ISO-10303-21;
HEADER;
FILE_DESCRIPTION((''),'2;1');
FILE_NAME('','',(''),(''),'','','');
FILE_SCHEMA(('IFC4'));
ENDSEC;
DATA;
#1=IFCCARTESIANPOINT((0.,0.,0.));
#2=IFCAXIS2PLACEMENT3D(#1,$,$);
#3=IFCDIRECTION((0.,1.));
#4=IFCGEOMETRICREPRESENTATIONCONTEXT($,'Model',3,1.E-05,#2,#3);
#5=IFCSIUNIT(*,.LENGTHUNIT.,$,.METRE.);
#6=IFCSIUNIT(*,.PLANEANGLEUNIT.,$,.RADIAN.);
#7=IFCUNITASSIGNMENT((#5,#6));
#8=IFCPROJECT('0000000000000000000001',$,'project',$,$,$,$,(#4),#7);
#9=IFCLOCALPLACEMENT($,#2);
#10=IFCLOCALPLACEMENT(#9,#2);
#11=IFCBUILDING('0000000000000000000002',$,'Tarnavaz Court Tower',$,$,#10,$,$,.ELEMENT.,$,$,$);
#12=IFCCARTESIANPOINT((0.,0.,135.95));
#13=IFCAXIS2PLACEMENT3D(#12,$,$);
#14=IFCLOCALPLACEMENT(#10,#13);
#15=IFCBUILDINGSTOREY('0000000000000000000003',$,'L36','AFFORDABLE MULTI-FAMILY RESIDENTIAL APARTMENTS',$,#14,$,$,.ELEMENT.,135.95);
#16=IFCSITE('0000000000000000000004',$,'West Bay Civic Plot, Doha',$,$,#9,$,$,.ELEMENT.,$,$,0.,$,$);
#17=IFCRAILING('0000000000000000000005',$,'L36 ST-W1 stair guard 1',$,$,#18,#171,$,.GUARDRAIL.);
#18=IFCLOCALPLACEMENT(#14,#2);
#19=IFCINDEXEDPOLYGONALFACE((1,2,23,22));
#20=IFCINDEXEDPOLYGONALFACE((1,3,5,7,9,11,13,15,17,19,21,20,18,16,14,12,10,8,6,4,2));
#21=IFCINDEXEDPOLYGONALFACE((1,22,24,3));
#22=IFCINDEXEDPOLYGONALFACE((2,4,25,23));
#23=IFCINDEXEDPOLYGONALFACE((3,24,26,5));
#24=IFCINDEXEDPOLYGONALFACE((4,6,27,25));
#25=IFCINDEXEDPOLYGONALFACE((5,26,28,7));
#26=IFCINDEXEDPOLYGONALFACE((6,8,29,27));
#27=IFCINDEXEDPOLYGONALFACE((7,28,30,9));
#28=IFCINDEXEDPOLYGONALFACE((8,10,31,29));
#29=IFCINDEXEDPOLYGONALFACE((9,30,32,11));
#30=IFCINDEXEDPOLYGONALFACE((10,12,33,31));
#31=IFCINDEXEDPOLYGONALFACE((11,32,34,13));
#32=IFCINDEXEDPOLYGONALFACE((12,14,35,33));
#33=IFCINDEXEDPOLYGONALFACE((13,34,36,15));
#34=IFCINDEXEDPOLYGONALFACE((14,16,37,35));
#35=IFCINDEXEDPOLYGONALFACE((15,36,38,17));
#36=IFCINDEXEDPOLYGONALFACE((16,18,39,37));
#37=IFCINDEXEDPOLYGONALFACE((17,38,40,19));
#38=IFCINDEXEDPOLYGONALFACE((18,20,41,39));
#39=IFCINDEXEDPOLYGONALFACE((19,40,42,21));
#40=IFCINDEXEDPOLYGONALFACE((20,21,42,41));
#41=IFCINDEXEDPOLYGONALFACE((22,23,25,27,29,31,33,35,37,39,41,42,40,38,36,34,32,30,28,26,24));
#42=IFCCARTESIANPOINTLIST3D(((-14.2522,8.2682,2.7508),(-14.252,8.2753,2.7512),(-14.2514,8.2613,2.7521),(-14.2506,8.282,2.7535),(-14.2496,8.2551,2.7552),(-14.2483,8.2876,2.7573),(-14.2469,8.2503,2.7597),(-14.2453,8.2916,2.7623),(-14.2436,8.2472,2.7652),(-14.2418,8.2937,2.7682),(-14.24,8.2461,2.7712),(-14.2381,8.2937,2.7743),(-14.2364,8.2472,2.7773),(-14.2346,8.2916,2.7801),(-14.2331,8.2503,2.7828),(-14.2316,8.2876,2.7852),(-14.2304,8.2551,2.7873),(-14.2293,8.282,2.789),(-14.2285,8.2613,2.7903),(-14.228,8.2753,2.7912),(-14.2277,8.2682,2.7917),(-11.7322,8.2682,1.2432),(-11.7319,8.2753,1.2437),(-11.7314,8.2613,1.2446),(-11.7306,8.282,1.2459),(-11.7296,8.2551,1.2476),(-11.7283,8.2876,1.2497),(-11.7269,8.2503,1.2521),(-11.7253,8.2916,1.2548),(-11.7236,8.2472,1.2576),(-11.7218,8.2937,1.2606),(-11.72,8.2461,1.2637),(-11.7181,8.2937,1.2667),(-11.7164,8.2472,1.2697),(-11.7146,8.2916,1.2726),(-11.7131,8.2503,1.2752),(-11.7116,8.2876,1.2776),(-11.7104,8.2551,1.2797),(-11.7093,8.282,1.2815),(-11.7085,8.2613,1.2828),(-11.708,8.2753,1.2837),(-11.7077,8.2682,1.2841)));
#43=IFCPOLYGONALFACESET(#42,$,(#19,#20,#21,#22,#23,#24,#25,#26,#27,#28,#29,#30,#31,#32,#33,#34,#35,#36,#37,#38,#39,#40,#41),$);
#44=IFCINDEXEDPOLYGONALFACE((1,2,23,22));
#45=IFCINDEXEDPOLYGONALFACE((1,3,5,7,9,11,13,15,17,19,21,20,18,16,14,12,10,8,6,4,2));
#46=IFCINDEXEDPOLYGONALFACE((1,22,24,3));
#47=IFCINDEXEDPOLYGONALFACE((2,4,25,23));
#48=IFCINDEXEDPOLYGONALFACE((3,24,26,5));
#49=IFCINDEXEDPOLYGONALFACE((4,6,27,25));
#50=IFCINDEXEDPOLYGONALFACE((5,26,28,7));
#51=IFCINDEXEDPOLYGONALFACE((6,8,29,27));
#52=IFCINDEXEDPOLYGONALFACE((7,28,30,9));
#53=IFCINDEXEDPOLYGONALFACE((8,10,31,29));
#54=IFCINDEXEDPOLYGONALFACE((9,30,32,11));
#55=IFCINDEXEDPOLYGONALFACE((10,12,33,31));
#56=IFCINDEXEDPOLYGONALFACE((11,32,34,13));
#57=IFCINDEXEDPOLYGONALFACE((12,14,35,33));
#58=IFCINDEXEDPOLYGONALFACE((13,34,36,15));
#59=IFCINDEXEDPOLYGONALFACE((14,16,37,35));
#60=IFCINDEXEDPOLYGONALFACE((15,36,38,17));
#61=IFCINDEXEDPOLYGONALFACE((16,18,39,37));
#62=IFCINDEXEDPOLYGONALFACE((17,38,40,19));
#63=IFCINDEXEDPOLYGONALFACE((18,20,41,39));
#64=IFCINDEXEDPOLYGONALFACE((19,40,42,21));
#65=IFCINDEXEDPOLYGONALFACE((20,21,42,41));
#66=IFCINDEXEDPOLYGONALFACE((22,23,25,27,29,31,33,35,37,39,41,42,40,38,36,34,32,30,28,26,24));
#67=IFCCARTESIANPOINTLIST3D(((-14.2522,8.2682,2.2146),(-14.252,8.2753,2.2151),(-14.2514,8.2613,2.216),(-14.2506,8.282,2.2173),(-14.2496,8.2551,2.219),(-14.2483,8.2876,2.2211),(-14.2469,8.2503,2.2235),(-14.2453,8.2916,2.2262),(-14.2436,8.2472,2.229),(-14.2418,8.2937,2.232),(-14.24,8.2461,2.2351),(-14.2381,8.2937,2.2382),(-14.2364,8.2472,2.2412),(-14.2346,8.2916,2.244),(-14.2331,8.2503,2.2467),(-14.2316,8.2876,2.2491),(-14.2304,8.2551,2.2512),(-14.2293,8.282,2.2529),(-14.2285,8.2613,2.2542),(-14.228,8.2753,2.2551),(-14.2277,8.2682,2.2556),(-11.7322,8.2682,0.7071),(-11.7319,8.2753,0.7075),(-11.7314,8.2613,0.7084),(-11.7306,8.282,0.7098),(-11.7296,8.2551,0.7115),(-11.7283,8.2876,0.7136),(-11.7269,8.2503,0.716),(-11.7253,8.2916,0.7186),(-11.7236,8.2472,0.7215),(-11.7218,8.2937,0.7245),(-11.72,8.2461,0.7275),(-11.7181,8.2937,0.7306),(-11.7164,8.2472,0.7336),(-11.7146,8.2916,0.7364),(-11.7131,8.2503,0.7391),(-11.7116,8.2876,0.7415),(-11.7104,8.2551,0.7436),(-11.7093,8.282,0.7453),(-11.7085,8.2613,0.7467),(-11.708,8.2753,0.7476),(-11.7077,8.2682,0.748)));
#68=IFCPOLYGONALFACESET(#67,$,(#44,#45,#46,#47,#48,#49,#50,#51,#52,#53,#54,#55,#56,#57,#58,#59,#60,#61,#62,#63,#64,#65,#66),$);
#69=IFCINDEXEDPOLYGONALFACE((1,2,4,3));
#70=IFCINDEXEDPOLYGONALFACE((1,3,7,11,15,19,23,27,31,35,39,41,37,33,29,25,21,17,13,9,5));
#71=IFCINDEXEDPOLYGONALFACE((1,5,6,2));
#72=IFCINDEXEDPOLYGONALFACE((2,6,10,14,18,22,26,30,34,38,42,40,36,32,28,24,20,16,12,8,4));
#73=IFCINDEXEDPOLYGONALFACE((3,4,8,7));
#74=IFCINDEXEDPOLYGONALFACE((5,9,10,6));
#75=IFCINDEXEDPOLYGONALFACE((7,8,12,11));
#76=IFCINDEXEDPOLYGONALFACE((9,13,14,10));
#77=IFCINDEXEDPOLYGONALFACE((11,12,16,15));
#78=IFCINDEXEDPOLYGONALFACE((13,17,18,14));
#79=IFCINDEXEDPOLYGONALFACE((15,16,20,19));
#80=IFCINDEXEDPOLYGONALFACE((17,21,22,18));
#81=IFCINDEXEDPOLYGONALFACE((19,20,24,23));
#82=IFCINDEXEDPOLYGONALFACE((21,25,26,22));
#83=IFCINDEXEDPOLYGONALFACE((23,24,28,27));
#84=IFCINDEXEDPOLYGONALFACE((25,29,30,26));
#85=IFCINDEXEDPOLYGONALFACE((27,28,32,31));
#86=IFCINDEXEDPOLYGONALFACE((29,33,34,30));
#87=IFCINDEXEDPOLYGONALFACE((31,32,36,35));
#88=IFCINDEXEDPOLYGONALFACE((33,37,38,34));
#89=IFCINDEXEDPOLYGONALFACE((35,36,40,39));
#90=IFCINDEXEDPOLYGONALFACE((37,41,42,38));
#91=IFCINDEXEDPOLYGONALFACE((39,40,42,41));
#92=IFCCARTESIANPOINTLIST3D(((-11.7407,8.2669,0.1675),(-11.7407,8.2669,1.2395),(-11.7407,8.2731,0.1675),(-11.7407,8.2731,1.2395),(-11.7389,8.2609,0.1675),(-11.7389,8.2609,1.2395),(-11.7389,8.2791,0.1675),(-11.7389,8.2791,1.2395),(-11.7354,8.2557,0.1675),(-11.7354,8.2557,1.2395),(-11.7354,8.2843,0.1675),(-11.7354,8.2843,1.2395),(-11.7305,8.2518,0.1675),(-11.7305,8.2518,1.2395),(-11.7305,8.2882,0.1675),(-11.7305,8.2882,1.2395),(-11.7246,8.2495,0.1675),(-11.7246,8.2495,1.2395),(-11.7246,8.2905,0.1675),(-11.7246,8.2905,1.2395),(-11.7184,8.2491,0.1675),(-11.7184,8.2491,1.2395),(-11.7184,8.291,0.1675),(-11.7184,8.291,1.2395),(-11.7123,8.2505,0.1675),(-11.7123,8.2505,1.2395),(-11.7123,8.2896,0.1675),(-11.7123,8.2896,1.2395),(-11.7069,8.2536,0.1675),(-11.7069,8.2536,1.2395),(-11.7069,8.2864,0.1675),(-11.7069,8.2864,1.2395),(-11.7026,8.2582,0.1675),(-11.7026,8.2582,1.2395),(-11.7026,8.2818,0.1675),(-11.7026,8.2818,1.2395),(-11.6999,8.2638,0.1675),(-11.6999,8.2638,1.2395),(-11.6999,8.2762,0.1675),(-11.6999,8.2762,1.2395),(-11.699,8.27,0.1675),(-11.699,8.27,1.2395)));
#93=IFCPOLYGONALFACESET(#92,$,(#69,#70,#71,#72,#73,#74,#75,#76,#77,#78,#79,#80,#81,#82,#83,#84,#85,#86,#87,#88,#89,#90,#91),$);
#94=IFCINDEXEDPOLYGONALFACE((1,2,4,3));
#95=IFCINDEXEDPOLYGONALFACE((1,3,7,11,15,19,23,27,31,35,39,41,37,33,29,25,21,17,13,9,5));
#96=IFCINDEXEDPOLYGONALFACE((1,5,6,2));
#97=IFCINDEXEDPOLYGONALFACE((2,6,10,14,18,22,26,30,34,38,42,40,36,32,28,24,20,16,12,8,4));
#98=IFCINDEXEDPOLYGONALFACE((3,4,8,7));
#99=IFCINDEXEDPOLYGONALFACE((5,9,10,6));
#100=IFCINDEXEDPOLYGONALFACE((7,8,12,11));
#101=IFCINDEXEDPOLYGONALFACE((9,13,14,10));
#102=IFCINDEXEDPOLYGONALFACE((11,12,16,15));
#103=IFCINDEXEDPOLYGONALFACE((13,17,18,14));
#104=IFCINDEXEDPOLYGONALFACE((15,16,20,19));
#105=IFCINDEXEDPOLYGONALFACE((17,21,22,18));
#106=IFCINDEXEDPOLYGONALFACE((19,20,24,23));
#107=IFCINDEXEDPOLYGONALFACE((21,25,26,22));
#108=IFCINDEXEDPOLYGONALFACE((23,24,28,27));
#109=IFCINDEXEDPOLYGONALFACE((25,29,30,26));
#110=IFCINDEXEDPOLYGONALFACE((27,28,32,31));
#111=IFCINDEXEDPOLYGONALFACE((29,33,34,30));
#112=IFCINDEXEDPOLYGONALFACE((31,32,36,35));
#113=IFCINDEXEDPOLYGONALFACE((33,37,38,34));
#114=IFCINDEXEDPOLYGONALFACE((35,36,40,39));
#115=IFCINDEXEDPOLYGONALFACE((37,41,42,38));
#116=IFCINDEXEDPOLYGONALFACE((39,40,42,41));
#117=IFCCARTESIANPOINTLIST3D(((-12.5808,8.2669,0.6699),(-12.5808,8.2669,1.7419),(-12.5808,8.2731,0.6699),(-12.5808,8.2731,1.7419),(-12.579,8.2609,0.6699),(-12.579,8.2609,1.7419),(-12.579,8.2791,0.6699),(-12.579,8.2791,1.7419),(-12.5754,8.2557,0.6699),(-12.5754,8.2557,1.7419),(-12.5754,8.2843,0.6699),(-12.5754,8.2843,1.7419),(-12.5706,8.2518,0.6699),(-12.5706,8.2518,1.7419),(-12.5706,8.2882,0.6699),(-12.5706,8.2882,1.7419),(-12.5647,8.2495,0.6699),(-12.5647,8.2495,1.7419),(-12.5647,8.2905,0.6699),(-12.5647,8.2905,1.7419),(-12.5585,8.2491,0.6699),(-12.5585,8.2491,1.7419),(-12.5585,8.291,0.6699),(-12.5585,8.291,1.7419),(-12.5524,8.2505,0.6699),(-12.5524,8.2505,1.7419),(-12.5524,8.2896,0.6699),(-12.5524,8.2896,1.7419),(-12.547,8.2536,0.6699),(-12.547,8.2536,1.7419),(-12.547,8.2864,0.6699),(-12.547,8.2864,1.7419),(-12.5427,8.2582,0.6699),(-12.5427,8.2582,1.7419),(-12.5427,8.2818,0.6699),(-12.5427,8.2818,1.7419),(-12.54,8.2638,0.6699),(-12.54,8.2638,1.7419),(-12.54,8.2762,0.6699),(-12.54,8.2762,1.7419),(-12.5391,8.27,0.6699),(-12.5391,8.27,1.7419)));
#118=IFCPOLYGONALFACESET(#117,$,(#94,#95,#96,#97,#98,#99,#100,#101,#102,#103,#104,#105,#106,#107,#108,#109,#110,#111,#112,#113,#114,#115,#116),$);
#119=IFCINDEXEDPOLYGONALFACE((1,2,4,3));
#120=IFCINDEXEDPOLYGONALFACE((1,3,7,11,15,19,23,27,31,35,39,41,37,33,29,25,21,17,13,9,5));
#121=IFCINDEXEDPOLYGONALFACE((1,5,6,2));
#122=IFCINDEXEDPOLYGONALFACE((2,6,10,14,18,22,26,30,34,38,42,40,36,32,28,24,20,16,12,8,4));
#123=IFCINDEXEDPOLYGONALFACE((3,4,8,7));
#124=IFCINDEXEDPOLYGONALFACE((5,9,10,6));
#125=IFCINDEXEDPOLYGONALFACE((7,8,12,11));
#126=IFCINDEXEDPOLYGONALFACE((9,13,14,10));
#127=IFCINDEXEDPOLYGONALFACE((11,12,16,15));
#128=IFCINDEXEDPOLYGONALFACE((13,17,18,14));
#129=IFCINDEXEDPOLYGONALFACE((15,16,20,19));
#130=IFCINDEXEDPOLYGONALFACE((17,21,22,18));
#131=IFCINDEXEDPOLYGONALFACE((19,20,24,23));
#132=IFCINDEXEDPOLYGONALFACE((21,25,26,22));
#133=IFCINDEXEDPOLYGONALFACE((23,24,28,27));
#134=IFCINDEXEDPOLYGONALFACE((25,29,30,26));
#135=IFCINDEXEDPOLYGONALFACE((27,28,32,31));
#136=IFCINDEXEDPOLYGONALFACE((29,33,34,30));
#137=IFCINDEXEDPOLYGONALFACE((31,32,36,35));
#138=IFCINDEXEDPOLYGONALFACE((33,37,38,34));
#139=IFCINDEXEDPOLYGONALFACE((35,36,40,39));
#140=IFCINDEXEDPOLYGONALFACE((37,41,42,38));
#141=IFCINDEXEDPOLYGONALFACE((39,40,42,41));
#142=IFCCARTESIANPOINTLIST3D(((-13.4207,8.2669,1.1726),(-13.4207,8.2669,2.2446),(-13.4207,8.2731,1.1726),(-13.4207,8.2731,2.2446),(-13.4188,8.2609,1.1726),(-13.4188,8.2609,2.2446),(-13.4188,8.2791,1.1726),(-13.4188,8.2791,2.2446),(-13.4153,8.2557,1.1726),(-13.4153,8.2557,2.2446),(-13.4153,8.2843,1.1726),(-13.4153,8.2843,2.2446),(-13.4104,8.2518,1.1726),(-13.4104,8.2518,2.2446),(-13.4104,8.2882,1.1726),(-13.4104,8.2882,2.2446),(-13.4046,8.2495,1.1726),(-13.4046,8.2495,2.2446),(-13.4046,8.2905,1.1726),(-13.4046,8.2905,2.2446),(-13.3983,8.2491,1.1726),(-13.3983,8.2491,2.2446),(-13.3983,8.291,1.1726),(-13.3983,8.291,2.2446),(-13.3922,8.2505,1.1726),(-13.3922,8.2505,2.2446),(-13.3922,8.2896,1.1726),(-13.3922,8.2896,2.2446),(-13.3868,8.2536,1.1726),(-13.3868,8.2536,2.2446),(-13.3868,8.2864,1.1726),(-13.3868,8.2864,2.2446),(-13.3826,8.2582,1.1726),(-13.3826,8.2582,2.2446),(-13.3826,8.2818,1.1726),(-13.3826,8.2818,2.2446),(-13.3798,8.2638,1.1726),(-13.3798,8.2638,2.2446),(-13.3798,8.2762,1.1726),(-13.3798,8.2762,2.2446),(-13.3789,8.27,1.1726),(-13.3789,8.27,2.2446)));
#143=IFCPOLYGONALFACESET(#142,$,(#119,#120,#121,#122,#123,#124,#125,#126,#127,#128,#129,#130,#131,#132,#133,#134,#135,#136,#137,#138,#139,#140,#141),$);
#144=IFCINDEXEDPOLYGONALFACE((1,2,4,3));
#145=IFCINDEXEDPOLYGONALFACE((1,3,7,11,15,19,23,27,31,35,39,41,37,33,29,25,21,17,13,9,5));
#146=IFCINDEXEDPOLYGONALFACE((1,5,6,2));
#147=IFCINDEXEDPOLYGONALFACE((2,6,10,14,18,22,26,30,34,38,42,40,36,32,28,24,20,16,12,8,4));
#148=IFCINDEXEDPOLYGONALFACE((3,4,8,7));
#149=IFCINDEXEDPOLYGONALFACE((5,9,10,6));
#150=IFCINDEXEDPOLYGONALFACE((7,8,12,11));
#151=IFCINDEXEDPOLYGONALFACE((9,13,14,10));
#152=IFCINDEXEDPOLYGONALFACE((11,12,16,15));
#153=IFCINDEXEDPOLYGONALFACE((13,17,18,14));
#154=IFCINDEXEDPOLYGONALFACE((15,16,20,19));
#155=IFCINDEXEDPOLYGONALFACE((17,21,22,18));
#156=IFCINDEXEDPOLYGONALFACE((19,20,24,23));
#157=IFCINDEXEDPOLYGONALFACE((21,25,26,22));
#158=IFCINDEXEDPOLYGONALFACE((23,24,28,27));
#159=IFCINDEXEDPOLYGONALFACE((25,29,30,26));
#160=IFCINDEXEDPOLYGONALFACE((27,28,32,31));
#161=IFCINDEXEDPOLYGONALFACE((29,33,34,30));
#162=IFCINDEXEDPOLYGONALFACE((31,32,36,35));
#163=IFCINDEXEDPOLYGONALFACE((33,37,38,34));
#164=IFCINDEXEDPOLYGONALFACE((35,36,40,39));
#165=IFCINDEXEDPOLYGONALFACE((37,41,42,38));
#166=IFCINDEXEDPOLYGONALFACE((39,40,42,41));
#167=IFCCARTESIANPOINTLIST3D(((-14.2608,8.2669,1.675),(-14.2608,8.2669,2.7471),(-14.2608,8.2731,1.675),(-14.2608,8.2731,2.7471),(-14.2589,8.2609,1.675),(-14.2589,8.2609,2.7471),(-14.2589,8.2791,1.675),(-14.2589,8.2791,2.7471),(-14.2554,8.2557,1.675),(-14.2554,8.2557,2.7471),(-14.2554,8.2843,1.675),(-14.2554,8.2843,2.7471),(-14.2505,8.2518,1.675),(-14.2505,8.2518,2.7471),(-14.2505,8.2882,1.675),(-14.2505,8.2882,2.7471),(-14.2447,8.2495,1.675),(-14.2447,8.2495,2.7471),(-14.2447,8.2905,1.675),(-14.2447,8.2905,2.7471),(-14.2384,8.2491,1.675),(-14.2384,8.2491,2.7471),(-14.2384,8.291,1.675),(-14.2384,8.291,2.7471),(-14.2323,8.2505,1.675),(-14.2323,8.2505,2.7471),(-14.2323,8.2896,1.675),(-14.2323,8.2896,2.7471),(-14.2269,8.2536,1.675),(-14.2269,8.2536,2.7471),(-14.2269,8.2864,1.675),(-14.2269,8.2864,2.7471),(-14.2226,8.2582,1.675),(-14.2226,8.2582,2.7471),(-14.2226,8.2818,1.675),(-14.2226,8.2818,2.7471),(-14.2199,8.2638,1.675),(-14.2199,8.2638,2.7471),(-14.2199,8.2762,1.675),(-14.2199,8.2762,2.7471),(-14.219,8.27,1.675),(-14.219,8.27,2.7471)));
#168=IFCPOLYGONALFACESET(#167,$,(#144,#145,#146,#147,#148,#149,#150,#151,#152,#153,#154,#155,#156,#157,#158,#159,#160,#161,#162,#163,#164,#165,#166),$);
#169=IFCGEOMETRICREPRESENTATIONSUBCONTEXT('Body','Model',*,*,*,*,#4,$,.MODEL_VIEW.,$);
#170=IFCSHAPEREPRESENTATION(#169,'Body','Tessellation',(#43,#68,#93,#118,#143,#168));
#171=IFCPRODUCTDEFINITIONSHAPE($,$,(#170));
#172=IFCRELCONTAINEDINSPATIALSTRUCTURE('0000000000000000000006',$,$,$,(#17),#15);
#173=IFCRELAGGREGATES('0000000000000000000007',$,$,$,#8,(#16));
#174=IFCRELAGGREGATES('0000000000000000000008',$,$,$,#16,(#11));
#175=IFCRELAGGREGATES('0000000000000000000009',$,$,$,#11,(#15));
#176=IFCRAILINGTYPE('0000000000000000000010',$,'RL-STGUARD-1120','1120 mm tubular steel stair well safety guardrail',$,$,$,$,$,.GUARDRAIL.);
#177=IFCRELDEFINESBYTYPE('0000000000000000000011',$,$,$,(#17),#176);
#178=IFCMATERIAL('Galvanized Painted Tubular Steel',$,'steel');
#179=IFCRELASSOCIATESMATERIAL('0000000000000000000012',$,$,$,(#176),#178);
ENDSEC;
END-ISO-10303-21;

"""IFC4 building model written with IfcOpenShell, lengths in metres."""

from ifc_helpers import new_model, si_unit, direction, frame, origin, origin_2d, place, context, subcontext, project, spatial, circle, extrude, material, type_object, element, save


model = new_model("IFC4")

# Units and contexts
model_context = context("Model", 3, precision=1e-05, world=origin(), true_north=direction((0.0, 1.0)))
body_context = subcontext(model_context, "Body", "Model", "MODEL_VIEW")
ifc_project = project(units=[si_unit("LENGTHUNIT", "METRE"), si_unit("PLANEANGLEUNIT", "RADIAN")], contexts=[model_context])

# Site, building, storey
site_placement = place(None, origin())
site = spatial("IfcSite", under=ifc_project, at=site_placement, Name="West Bay Civic Plot, Doha", CompositionType="ELEMENT", RefElevation=0.0)
building_placement = place(site_placement, origin())
building = spatial("IfcBuilding", under=site, at=building_placement, Name="Tarnavaz Court Tower", CompositionType="ELEMENT")
storey_placement = place(building_placement, frame((0.0, 0.0, 135.95)))
storey = spatial("IfcBuildingStorey", under=building, at=storey_placement, Name="L36", Description="AFFORDABLE MULTI-FAMILY RESIDENTIAL APARTMENTS", CompositionType="ELEMENT", Elevation=135.95)

# Railing
ifc_material_1 = material(Name="Galvanized Painted Tubular Steel", Category="steel")
railing_type_1 = type_object("IfcRailingType", Name="RL-STGUARD-1120", Description="1120 mm tubular steel stair well safety guardrail", PredefinedType="GUARDRAIL", material=ifc_material_1)
railing_1_placement = place(storey_placement, frame((-11.72, 8.27, 0.1675)))
element("IfcRailing", 1, at=railing_1_placement, inside=storey, type_object=railing_type_1, Name="L36 ST-W1 stair guard 1", PredefinedType="GUARDRAIL", context=body_context, shape_type="SweptSolid", body=[
    extrude(circle(Radius=0.0239, at=origin_2d()), frame((0.0, 0.0, 1.0962), z_axis=(-0.85816, 0.0, 0.513383), x_axis=(0.0, -1.0, 0.0)), (0.0, 0.0, 1.0), 2.9365),
    extrude(circle(Radius=0.0239, at=origin_2d()), frame((0.0, 0.0, 0.5601), z_axis=(-0.85816, 0.0, 0.513383), x_axis=(0.0, -1.0, 0.0)), (0.0, 0.0, 1.0), 2.9365),
    extrude(circle(Radius=0.021, at=origin_2d()), origin(), (0.0, 0.0, 1.0), 1.072),
    extrude(circle(Radius=0.021, at=origin_2d()), frame((-0.8401, 0.0, 0.5024)), (0.0, 0.0, 1.0), 1.072),
    extrude(circle(Radius=0.021, at=origin_2d()), frame((-1.6799, 0.0, 1.0051)), (0.0, 0.0, 1.0), 1.072),
    extrude(circle(Radius=0.021, at=origin_2d()), frame((-2.52, 0.0, 1.5076)), (0.0, 0.0, 1.0), 1.072),
])

save(model, "model.ifc")
